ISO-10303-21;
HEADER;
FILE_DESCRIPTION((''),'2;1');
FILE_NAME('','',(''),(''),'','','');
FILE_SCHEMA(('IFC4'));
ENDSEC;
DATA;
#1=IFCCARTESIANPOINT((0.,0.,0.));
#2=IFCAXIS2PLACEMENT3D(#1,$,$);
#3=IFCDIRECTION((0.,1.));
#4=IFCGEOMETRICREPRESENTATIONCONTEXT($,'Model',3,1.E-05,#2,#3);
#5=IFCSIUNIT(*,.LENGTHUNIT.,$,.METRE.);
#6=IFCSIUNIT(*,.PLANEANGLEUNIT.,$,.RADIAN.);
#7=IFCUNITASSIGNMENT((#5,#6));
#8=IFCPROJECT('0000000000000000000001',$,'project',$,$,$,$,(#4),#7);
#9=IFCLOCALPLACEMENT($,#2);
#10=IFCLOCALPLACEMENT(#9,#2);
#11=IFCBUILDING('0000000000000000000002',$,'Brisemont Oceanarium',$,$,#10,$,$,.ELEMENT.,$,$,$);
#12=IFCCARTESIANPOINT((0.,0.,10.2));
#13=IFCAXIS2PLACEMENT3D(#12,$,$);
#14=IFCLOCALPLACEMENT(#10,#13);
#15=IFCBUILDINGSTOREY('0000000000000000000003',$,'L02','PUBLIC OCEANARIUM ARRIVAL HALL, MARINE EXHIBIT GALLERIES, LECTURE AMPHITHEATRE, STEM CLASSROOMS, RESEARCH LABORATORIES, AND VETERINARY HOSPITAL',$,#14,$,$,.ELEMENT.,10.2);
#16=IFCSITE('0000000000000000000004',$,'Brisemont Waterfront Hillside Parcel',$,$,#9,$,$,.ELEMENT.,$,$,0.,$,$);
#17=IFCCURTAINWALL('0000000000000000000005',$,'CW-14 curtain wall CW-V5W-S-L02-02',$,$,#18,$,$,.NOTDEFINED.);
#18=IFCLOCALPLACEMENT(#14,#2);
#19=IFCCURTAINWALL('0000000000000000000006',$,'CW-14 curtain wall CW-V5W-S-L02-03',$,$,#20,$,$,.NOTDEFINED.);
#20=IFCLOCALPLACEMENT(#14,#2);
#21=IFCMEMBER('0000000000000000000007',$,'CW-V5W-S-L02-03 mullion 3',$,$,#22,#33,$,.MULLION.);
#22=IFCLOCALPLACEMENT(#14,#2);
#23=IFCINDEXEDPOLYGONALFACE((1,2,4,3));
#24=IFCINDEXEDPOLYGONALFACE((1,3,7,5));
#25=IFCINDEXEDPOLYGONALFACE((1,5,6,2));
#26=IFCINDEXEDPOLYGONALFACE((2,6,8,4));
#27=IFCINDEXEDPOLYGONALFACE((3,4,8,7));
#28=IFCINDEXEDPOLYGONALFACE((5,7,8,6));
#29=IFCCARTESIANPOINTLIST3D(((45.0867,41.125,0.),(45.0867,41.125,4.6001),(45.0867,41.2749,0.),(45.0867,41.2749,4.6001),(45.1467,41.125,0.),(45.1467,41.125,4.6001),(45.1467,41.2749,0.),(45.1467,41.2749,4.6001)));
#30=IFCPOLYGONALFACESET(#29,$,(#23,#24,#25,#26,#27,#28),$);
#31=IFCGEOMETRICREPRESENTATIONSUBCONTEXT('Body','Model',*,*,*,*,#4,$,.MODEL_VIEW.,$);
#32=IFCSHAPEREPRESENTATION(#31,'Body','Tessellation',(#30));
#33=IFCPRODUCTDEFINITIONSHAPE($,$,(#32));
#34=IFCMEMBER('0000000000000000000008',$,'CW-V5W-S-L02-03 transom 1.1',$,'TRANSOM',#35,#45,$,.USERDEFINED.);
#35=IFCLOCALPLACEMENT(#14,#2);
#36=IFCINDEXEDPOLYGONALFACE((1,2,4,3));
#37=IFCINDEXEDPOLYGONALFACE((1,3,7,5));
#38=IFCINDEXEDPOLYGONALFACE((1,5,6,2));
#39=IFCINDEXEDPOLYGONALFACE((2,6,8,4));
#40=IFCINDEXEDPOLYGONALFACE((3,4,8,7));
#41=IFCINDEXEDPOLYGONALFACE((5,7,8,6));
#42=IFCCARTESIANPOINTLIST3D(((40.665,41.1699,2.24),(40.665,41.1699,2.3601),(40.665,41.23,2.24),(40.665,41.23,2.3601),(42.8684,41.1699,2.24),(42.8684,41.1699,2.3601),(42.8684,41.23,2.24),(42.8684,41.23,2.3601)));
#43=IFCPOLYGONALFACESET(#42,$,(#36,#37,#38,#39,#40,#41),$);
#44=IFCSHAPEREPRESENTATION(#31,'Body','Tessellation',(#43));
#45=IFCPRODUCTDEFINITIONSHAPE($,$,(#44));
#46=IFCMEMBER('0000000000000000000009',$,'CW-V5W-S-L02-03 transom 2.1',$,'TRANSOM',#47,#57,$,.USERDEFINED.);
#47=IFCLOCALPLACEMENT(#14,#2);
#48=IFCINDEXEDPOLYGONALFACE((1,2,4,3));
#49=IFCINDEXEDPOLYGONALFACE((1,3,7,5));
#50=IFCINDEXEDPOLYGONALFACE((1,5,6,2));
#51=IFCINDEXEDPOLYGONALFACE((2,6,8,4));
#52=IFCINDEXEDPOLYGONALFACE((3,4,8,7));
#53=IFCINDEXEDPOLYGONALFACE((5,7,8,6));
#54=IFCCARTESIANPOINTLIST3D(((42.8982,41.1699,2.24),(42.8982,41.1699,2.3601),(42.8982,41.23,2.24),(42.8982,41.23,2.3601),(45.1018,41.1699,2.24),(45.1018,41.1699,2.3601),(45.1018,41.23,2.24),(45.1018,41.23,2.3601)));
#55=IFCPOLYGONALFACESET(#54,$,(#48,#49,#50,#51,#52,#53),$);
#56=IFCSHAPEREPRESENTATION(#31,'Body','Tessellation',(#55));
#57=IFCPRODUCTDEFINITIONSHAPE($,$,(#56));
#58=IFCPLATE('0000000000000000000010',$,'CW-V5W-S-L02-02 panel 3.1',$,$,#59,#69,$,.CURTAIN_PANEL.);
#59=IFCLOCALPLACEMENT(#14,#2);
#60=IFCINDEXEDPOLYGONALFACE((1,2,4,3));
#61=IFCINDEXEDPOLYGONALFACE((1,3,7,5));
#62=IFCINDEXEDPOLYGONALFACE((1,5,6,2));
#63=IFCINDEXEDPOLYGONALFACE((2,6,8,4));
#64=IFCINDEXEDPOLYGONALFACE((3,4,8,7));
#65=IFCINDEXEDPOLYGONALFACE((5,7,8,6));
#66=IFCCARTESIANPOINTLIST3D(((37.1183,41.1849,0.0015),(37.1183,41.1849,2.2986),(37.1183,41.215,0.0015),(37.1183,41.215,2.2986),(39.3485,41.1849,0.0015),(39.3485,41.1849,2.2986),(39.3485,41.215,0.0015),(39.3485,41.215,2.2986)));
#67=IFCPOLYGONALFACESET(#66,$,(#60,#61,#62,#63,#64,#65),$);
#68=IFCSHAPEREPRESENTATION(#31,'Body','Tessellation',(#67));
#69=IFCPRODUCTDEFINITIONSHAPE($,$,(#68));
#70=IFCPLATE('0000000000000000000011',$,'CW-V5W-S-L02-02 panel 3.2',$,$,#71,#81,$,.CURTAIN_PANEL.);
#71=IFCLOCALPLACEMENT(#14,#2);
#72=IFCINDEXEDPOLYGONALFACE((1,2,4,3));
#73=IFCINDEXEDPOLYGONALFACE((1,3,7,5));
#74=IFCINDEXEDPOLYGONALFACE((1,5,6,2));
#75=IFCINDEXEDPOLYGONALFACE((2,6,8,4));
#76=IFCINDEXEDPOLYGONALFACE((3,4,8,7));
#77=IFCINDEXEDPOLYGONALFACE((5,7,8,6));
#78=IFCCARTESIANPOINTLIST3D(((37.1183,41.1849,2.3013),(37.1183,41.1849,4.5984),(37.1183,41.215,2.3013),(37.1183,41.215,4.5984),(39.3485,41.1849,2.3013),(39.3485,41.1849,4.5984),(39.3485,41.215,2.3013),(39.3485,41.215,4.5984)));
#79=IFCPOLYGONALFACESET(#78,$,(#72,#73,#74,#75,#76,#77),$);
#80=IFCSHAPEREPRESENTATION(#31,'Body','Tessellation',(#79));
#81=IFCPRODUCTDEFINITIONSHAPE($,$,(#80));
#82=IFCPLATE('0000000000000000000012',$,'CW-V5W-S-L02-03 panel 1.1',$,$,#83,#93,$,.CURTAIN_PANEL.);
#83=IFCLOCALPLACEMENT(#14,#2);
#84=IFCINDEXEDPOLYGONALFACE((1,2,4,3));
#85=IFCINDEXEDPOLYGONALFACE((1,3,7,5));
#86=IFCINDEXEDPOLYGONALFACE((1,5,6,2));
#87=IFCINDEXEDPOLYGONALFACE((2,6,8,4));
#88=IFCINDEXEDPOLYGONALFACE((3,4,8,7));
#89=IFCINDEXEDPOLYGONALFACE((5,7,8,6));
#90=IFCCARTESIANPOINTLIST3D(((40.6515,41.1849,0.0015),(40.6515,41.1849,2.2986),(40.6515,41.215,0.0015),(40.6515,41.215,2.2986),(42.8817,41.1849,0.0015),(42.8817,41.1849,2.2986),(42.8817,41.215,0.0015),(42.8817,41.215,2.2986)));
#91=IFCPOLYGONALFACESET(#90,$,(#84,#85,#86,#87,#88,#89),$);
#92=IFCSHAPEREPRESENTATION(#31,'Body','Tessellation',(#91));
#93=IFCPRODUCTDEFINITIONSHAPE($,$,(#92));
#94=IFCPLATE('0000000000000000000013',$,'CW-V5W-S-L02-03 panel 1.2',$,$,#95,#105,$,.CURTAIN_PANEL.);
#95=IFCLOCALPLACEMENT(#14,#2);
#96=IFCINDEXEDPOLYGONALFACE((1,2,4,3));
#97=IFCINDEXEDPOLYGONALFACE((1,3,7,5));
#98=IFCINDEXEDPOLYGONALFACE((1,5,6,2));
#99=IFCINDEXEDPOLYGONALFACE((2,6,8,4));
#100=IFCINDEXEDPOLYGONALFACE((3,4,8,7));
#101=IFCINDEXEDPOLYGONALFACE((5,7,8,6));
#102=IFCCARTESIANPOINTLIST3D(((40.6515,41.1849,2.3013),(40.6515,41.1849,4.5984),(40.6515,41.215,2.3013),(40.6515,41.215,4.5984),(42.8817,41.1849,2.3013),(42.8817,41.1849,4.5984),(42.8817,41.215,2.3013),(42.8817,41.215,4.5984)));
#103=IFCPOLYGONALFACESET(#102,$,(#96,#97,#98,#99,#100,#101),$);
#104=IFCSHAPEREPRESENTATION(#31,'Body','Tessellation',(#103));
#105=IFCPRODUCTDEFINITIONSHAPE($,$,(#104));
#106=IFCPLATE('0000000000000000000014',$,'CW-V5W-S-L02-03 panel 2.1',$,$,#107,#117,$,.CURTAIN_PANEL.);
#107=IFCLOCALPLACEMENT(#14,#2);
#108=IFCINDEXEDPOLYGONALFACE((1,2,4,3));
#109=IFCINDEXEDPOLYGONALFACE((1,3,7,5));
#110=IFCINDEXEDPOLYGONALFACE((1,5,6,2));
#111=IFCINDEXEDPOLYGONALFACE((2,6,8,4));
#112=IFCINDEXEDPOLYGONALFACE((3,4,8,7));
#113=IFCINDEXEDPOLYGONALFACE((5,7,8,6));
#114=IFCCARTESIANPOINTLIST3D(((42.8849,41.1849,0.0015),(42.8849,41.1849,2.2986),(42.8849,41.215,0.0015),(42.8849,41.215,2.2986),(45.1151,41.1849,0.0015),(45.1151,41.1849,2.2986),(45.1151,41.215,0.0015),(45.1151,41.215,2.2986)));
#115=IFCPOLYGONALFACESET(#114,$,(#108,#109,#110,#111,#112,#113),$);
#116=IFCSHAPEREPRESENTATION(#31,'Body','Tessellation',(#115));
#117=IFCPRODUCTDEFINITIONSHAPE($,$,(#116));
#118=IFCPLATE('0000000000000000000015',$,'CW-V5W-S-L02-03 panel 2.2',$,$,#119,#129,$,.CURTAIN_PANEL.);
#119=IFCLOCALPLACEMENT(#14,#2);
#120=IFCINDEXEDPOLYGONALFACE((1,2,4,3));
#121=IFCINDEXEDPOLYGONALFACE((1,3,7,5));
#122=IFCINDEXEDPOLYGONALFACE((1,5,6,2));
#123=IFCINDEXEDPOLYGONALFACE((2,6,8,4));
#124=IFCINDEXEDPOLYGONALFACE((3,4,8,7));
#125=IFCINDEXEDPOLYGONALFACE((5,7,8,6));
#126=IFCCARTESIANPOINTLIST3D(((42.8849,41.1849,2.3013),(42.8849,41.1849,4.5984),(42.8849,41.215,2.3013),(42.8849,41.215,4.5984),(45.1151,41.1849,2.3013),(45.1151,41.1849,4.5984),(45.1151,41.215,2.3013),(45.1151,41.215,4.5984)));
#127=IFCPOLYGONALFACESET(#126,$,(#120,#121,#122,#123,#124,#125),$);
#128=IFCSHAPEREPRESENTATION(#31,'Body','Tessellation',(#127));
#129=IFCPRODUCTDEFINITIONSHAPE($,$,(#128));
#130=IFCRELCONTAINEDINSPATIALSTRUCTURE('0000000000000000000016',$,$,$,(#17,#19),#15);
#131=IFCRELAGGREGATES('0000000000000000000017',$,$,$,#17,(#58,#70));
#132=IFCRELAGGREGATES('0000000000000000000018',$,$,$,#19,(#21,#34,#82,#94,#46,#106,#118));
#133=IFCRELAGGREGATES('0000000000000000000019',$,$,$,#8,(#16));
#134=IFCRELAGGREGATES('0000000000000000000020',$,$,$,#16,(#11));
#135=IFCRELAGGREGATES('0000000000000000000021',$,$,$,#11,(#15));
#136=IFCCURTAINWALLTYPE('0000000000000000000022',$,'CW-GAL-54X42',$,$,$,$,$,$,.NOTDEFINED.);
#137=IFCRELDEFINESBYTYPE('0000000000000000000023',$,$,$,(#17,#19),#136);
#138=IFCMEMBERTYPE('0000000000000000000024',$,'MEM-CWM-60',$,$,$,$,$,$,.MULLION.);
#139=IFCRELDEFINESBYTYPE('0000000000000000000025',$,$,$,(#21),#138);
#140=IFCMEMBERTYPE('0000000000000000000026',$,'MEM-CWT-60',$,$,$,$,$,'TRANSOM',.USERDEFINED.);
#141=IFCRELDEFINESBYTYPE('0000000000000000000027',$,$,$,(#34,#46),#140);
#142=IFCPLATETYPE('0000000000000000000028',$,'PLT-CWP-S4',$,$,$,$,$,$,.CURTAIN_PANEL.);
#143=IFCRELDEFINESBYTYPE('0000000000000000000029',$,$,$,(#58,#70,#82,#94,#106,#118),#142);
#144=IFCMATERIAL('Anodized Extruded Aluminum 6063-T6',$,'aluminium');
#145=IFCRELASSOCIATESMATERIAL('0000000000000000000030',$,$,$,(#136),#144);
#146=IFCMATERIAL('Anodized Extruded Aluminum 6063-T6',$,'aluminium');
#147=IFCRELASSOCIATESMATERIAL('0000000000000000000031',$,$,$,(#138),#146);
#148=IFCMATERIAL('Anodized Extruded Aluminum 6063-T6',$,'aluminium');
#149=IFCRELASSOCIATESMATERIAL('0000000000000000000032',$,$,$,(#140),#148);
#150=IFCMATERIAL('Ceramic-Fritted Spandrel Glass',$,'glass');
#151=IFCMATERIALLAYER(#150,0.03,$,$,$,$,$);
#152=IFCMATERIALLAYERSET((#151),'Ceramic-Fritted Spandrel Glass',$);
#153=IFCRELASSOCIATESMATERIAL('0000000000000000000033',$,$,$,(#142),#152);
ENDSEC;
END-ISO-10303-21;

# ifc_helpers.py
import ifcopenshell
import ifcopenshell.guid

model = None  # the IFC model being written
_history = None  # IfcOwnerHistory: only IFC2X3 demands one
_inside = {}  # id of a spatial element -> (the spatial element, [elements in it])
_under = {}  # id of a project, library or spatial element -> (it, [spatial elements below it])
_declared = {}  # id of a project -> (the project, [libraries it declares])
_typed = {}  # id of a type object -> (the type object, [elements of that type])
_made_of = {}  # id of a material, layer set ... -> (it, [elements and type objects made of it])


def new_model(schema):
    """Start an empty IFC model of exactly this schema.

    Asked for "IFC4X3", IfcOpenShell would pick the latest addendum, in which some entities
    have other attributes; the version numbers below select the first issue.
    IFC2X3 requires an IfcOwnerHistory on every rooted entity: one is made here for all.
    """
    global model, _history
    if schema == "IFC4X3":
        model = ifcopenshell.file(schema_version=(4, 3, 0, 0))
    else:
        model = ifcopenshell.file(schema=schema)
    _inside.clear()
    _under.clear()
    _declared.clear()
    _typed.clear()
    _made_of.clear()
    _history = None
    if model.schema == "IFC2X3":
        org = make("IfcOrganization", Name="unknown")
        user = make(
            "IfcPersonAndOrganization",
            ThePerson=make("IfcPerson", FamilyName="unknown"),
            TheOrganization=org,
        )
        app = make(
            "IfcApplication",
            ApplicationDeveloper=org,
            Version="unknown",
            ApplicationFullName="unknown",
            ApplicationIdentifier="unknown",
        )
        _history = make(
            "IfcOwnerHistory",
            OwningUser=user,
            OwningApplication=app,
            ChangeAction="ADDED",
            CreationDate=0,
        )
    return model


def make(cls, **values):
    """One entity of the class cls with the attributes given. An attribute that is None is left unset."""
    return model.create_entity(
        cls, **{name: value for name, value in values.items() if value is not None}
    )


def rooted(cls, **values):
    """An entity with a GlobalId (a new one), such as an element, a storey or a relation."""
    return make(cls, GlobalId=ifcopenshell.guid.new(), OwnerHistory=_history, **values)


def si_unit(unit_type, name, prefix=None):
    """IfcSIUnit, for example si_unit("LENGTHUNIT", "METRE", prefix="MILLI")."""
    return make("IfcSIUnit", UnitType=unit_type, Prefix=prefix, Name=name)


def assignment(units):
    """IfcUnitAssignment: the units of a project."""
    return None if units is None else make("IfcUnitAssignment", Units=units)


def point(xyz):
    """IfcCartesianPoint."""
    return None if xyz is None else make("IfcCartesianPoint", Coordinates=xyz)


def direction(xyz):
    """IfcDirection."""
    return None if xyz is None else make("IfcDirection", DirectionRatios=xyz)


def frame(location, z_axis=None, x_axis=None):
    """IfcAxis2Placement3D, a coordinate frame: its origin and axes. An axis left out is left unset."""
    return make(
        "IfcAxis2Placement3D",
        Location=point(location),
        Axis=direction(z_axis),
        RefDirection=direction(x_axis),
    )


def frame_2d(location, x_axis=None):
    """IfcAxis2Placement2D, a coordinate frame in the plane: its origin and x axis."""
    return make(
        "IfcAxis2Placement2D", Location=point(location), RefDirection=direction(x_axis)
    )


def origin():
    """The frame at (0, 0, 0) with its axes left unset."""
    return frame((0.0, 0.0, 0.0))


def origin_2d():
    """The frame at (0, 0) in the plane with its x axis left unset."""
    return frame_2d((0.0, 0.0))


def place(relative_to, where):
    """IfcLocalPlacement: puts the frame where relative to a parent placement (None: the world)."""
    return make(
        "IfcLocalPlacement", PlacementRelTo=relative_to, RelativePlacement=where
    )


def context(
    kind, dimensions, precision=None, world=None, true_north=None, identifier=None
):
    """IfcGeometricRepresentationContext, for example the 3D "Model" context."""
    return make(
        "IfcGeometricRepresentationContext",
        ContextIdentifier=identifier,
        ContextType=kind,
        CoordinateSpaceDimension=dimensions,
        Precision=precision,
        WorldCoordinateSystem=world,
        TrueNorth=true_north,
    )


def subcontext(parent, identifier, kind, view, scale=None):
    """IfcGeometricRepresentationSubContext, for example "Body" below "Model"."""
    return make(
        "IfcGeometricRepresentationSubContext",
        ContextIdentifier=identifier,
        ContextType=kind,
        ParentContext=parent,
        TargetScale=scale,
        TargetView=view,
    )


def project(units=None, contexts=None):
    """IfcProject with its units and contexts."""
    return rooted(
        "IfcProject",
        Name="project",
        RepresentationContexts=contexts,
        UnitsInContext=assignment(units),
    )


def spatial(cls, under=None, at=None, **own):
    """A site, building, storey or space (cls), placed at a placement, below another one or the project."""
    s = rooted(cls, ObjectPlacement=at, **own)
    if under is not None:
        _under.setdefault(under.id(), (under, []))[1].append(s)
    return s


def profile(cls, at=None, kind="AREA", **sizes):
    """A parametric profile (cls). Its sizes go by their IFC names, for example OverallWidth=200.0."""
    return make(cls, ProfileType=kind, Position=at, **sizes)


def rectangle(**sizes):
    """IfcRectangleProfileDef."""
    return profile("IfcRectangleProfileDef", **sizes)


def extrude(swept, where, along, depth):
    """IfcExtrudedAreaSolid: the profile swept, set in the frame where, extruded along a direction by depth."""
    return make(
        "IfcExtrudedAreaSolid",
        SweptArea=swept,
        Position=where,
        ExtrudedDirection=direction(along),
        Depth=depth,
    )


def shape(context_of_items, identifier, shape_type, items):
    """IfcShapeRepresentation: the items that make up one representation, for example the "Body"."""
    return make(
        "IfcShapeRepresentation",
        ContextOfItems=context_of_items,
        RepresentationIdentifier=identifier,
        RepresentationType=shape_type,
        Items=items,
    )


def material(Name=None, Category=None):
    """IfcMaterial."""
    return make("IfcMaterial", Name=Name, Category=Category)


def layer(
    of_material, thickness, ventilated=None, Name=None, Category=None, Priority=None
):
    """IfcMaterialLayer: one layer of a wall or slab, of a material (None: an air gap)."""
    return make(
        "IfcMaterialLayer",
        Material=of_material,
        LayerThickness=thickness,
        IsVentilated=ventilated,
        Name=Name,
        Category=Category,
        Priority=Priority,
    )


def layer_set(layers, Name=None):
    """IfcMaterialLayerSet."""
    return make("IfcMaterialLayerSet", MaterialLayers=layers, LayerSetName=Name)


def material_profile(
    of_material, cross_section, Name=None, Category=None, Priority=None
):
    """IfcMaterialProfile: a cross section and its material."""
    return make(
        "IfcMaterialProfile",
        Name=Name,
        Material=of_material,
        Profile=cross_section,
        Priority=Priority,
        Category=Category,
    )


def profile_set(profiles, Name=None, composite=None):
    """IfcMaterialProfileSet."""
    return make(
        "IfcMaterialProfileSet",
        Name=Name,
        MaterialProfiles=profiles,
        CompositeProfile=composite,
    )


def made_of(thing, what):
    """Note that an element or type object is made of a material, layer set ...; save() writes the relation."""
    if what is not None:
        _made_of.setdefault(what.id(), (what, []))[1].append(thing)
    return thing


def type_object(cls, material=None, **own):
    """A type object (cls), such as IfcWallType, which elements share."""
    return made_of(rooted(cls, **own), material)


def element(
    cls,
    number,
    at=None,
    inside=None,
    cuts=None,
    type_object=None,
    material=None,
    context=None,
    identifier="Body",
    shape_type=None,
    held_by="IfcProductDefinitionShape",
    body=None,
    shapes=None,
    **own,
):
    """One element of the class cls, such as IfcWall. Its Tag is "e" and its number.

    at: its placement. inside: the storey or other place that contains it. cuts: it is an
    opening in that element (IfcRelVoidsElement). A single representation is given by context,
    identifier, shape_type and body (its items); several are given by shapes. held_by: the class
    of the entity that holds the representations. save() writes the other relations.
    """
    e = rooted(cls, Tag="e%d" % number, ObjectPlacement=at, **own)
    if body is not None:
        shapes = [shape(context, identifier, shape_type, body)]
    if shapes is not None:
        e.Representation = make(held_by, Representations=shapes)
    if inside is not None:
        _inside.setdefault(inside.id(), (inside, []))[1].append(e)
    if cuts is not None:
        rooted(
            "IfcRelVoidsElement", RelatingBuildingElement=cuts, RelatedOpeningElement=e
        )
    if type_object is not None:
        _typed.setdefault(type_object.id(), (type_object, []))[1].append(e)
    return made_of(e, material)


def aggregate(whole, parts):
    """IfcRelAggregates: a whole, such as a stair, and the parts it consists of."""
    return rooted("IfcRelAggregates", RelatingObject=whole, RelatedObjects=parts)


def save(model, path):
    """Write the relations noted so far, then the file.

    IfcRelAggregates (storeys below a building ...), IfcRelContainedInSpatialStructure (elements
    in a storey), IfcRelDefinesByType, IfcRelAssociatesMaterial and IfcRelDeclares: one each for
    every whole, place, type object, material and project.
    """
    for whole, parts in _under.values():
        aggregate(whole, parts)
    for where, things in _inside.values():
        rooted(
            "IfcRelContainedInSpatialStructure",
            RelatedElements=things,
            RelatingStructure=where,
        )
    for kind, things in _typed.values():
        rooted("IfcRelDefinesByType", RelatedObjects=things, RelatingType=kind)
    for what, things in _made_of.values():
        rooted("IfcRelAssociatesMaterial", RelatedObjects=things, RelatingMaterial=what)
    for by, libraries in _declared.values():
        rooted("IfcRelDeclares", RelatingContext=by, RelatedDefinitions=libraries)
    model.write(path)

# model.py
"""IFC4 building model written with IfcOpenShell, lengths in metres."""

from ifc_helpers import new_model, si_unit, direction, frame, origin, origin_2d, place, context, subcontext, project, spatial, rectangle, extrude, material, layer, layer_set, material_profile, profile_set, type_object, element, aggregate, save


model = new_model("IFC4")

# Units and contexts
model_context = context("Model", 3, precision=1e-05, world=origin(), true_north=direction((0.0, 1.0)))
body_context = subcontext(model_context, "Body", "Model", "MODEL_VIEW")
ifc_project = project(units=[si_unit("LENGTHUNIT", "METRE"), si_unit("PLANEANGLEUNIT", "RADIAN")], contexts=[model_context])

# Site, building, storey
site_placement = place(None, origin())
site = spatial("IfcSite", under=ifc_project, at=site_placement, Name="Brisemont Waterfront Hillside Parcel", CompositionType="ELEMENT", RefElevation=0.0)
building_placement = place(site_placement, origin())
building = spatial("IfcBuilding", under=site, at=building_placement, Name="Brisemont Oceanarium", CompositionType="ELEMENT")
storey_placement = place(building_placement, frame((0.0, 0.0, 10.2)))
storey = spatial("IfcBuildingStorey", under=building, at=storey_placement, Name="L02", Description="PUBLIC OCEANARIUM ARRIVAL HALL, MARINE EXHIBIT GALLERIES, LECTURE AMPHITHEATRE, STEM CLASSROOMS, RESEARCH LABORATORIES, AND VETERINARY HOSPITAL", CompositionType="ELEMENT", Elevation=10.2)

# Curtain wall
ifc_material_1 = material(Name="Anodized Extruded Aluminum 6063-T6", Category="aluminium")
curtain_wall_type = type_object("IfcCurtainWallType", Name="CW-GAL-54X42", PredefinedType="NOTDEFINED", material=ifc_material_1)
curtain_wall_1_placement = place(storey_placement, origin())
curtain_wall_1 = element("IfcCurtainWall", 1, at=curtain_wall_1_placement, inside=storey, type_object=curtain_wall_type, Name="CW-14 curtain wall CW-V5W-S-L02-02", PredefinedType="NOTDEFINED")
ifc_material_2 = material(Name="Anodized Extruded Aluminum 6063-T6", Category="aluminium")
ifc_material_profile_1 = material_profile(ifc_material_2, rectangle(XDim=0.0601, YDim=0.1499, at=origin_2d()), Name="CWM-60X150")
ifc_profile_set_1 = profile_set([ifc_material_profile_1], Name="Anodized Extruded Aluminum 6063-T6")
member_type_1 = type_object("IfcMemberType", Name="MEM-CWM-60", PredefinedType="MULLION", material=ifc_profile_set_1)

# Curtain wall, members
curtain_wall_2_placement = place(storey_placement, origin())
curtain_wall_2 = element("IfcCurtainWall", 2, at=curtain_wall_2_placement, inside=storey, type_object=curtain_wall_type, Name="CW-14 curtain wall CW-V5W-S-L02-03", PredefinedType="NOTDEFINED")
member_1_placement = place(storey_placement, frame((45.1167, 41.2, 0.0), z_axis=(0.0, 0.0, 1.0), x_axis=(1.0, 0.0, 0.0)))
member_1 = element("IfcMember", 3, at=member_1_placement, type_object=member_type_1, Name="CW-V5W-S-L02-03 mullion 3", PredefinedType="MULLION", context=body_context, shape_type="SweptSolid", body=[
    extrude(rectangle(XDim=0.0601, YDim=0.1499, at=origin_2d()), origin(), (0.0, 0.0, 1.0), 4.6001),
])
ifc_material_3 = material(Name="Anodized Extruded Aluminum 6063-T6", Category="aluminium")
ifc_material_profile_2 = material_profile(ifc_material_3, rectangle(XDim=0.0601, YDim=0.1201, at=origin_2d()), Name="CWT-60X120")
ifc_profile_set_2 = profile_set([ifc_material_profile_2], Name="Anodized Extruded Aluminum 6063-T6")
member_type_2 = type_object("IfcMemberType", Name="MEM-CWT-60", ElementType="TRANSOM", PredefinedType="USERDEFINED", material=ifc_profile_set_2)
member_2_placement = place(storey_placement, frame((40.665, 41.2, 2.3), z_axis=(1.0, 0.0, 0.0), x_axis=(0.0, 1.0, 0.0)))
member_2 = element("IfcMember", 4, at=member_2_placement, type_object=member_type_2, Name="CW-V5W-S-L02-03 transom 1.1", ObjectType="TRANSOM", PredefinedType="USERDEFINED", context=body_context, shape_type="SweptSolid", body=[
    extrude(rectangle(XDim=0.0601, YDim=0.1201, at=origin_2d()), origin(), (0.0, 0.0, 1.0), 2.2034),
])
member_3_placement = place(storey_placement, frame((42.8982, 41.2, 2.3), z_axis=(1.0, 0.0, 0.0), x_axis=(0.0, 1.0, 0.0)))
member_3 = element("IfcMember", 5, at=member_3_placement, type_object=member_type_2, Name="CW-V5W-S-L02-03 transom 2.1", ObjectType="TRANSOM", PredefinedType="USERDEFINED", context=body_context, shape_type="SweptSolid", body=[
    extrude(rectangle(XDim=0.0601, YDim=0.1201, at=origin_2d()), origin(), (0.0, 0.0, 1.0), 2.2036),
])

# Plates
ifc_material_4 = material(Name="Ceramic-Fritted Spandrel Glass", Category="glass")
ifc_layer = layer(ifc_material_4, 0.03)
ifc_layer_set = layer_set([ifc_layer], Name="Ceramic-Fritted Spandrel Glass")
plate_type = type_object("IfcPlateType", Name="PLT-CWP-S4", PredefinedType="CURTAIN_PANEL", material=ifc_layer_set)
plate_1_placement = place(storey_placement, frame((38.2334, 41.2, 0.0015), z_axis=(0.0, 0.0, 1.0), x_axis=(1.0, 0.0, 0.0)))
plate_1 = element("IfcPlate", 6, at=plate_1_placement, type_object=plate_type, Name="CW-V5W-S-L02-02 panel 3.1", PredefinedType="CURTAIN_PANEL", context=body_context, shape_type="SweptSolid", body=[
    extrude(rectangle(XDim=2.2302, YDim=0.03, at=origin_2d()), origin(), (0.0, 0.0, 1.0), 2.2971),
])
plate_2_placement = place(storey_placement, frame((38.2334, 41.2, 2.3013), z_axis=(0.0, 0.0, 1.0), x_axis=(1.0, 0.0, 0.0)))
plate_2 = element("IfcPlate", 7, at=plate_2_placement, type_object=plate_type, Name="CW-V5W-S-L02-02 panel 3.2", PredefinedType="CURTAIN_PANEL", context=body_context, shape_type="SweptSolid", body=[
    extrude(rectangle(XDim=2.2302, YDim=0.03, at=origin_2d()), origin(), (0.0, 0.0, 1.0), 2.2971),
])
aggregate(curtain_wall_1, [plate_1, plate_2])
plate_3_placement = place(storey_placement, frame((41.7666, 41.2, 0.0015), z_axis=(0.0, 0.0, 1.0), x_axis=(1.0, 0.0, 0.0)))
plate_3 = element("IfcPlate", 8, at=plate_3_placement, type_object=plate_type, Name="CW-V5W-S-L02-03 panel 1.1", PredefinedType="CURTAIN_PANEL", context=body_context, shape_type="SweptSolid", body=[
    extrude(rectangle(XDim=2.2302, YDim=0.03, at=origin_2d()), origin(), (0.0, 0.0, 1.0), 2.2971),
])
plate_4_placement = place(storey_placement, frame((41.7666, 41.2, 2.3013), z_axis=(0.0, 0.0, 1.0), x_axis=(1.0, 0.0, 0.0)))
plate_4 = element("IfcPlate", 9, at=plate_4_placement, type_object=plate_type, Name="CW-V5W-S-L02-03 panel 1.2", PredefinedType="CURTAIN_PANEL", context=body_context, shape_type="SweptSolid", body=[
    extrude(rectangle(XDim=2.2302, YDim=0.03, at=origin_2d()), origin(), (0.0, 0.0, 1.0), 2.2971),
])
plate_5_placement = place(storey_placement, frame((44.0, 41.2, 0.0015), z_axis=(0.0, 0.0, 1.0), x_axis=(1.0, 0.0, 0.0)))
plate_5 = element("IfcPlate", 10, at=plate_5_placement, type_object=plate_type, Name="CW-V5W-S-L02-03 panel 2.1", PredefinedType="CURTAIN_PANEL", context=body_context, shape_type="SweptSolid", body=[
    extrude(rectangle(XDim=2.2302, YDim=0.03, at=origin_2d()), origin(), (0.0, 0.0, 1.0), 2.2971),
])
plate_6_placement = place(storey_placement, frame((44.0, 41.2, 2.3013), z_axis=(0.0, 0.0, 1.0), x_axis=(1.0, 0.0, 0.0)))
plate_6 = element("IfcPlate", 11, at=plate_6_placement, type_object=plate_type, Name="CW-V5W-S-L02-03 panel 2.2", PredefinedType="CURTAIN_PANEL", context=body_context, shape_type="SweptSolid", body=[
    extrude(rectangle(XDim=2.2302, YDim=0.03, at=origin_2d()), origin(), (0.0, 0.0, 1.0), 2.2971),
])
aggregate(curtain_wall_2, [member_1, member_2, plate_3, plate_4, member_3, plate_5, plate_6])

save(model, "model.ifc")
